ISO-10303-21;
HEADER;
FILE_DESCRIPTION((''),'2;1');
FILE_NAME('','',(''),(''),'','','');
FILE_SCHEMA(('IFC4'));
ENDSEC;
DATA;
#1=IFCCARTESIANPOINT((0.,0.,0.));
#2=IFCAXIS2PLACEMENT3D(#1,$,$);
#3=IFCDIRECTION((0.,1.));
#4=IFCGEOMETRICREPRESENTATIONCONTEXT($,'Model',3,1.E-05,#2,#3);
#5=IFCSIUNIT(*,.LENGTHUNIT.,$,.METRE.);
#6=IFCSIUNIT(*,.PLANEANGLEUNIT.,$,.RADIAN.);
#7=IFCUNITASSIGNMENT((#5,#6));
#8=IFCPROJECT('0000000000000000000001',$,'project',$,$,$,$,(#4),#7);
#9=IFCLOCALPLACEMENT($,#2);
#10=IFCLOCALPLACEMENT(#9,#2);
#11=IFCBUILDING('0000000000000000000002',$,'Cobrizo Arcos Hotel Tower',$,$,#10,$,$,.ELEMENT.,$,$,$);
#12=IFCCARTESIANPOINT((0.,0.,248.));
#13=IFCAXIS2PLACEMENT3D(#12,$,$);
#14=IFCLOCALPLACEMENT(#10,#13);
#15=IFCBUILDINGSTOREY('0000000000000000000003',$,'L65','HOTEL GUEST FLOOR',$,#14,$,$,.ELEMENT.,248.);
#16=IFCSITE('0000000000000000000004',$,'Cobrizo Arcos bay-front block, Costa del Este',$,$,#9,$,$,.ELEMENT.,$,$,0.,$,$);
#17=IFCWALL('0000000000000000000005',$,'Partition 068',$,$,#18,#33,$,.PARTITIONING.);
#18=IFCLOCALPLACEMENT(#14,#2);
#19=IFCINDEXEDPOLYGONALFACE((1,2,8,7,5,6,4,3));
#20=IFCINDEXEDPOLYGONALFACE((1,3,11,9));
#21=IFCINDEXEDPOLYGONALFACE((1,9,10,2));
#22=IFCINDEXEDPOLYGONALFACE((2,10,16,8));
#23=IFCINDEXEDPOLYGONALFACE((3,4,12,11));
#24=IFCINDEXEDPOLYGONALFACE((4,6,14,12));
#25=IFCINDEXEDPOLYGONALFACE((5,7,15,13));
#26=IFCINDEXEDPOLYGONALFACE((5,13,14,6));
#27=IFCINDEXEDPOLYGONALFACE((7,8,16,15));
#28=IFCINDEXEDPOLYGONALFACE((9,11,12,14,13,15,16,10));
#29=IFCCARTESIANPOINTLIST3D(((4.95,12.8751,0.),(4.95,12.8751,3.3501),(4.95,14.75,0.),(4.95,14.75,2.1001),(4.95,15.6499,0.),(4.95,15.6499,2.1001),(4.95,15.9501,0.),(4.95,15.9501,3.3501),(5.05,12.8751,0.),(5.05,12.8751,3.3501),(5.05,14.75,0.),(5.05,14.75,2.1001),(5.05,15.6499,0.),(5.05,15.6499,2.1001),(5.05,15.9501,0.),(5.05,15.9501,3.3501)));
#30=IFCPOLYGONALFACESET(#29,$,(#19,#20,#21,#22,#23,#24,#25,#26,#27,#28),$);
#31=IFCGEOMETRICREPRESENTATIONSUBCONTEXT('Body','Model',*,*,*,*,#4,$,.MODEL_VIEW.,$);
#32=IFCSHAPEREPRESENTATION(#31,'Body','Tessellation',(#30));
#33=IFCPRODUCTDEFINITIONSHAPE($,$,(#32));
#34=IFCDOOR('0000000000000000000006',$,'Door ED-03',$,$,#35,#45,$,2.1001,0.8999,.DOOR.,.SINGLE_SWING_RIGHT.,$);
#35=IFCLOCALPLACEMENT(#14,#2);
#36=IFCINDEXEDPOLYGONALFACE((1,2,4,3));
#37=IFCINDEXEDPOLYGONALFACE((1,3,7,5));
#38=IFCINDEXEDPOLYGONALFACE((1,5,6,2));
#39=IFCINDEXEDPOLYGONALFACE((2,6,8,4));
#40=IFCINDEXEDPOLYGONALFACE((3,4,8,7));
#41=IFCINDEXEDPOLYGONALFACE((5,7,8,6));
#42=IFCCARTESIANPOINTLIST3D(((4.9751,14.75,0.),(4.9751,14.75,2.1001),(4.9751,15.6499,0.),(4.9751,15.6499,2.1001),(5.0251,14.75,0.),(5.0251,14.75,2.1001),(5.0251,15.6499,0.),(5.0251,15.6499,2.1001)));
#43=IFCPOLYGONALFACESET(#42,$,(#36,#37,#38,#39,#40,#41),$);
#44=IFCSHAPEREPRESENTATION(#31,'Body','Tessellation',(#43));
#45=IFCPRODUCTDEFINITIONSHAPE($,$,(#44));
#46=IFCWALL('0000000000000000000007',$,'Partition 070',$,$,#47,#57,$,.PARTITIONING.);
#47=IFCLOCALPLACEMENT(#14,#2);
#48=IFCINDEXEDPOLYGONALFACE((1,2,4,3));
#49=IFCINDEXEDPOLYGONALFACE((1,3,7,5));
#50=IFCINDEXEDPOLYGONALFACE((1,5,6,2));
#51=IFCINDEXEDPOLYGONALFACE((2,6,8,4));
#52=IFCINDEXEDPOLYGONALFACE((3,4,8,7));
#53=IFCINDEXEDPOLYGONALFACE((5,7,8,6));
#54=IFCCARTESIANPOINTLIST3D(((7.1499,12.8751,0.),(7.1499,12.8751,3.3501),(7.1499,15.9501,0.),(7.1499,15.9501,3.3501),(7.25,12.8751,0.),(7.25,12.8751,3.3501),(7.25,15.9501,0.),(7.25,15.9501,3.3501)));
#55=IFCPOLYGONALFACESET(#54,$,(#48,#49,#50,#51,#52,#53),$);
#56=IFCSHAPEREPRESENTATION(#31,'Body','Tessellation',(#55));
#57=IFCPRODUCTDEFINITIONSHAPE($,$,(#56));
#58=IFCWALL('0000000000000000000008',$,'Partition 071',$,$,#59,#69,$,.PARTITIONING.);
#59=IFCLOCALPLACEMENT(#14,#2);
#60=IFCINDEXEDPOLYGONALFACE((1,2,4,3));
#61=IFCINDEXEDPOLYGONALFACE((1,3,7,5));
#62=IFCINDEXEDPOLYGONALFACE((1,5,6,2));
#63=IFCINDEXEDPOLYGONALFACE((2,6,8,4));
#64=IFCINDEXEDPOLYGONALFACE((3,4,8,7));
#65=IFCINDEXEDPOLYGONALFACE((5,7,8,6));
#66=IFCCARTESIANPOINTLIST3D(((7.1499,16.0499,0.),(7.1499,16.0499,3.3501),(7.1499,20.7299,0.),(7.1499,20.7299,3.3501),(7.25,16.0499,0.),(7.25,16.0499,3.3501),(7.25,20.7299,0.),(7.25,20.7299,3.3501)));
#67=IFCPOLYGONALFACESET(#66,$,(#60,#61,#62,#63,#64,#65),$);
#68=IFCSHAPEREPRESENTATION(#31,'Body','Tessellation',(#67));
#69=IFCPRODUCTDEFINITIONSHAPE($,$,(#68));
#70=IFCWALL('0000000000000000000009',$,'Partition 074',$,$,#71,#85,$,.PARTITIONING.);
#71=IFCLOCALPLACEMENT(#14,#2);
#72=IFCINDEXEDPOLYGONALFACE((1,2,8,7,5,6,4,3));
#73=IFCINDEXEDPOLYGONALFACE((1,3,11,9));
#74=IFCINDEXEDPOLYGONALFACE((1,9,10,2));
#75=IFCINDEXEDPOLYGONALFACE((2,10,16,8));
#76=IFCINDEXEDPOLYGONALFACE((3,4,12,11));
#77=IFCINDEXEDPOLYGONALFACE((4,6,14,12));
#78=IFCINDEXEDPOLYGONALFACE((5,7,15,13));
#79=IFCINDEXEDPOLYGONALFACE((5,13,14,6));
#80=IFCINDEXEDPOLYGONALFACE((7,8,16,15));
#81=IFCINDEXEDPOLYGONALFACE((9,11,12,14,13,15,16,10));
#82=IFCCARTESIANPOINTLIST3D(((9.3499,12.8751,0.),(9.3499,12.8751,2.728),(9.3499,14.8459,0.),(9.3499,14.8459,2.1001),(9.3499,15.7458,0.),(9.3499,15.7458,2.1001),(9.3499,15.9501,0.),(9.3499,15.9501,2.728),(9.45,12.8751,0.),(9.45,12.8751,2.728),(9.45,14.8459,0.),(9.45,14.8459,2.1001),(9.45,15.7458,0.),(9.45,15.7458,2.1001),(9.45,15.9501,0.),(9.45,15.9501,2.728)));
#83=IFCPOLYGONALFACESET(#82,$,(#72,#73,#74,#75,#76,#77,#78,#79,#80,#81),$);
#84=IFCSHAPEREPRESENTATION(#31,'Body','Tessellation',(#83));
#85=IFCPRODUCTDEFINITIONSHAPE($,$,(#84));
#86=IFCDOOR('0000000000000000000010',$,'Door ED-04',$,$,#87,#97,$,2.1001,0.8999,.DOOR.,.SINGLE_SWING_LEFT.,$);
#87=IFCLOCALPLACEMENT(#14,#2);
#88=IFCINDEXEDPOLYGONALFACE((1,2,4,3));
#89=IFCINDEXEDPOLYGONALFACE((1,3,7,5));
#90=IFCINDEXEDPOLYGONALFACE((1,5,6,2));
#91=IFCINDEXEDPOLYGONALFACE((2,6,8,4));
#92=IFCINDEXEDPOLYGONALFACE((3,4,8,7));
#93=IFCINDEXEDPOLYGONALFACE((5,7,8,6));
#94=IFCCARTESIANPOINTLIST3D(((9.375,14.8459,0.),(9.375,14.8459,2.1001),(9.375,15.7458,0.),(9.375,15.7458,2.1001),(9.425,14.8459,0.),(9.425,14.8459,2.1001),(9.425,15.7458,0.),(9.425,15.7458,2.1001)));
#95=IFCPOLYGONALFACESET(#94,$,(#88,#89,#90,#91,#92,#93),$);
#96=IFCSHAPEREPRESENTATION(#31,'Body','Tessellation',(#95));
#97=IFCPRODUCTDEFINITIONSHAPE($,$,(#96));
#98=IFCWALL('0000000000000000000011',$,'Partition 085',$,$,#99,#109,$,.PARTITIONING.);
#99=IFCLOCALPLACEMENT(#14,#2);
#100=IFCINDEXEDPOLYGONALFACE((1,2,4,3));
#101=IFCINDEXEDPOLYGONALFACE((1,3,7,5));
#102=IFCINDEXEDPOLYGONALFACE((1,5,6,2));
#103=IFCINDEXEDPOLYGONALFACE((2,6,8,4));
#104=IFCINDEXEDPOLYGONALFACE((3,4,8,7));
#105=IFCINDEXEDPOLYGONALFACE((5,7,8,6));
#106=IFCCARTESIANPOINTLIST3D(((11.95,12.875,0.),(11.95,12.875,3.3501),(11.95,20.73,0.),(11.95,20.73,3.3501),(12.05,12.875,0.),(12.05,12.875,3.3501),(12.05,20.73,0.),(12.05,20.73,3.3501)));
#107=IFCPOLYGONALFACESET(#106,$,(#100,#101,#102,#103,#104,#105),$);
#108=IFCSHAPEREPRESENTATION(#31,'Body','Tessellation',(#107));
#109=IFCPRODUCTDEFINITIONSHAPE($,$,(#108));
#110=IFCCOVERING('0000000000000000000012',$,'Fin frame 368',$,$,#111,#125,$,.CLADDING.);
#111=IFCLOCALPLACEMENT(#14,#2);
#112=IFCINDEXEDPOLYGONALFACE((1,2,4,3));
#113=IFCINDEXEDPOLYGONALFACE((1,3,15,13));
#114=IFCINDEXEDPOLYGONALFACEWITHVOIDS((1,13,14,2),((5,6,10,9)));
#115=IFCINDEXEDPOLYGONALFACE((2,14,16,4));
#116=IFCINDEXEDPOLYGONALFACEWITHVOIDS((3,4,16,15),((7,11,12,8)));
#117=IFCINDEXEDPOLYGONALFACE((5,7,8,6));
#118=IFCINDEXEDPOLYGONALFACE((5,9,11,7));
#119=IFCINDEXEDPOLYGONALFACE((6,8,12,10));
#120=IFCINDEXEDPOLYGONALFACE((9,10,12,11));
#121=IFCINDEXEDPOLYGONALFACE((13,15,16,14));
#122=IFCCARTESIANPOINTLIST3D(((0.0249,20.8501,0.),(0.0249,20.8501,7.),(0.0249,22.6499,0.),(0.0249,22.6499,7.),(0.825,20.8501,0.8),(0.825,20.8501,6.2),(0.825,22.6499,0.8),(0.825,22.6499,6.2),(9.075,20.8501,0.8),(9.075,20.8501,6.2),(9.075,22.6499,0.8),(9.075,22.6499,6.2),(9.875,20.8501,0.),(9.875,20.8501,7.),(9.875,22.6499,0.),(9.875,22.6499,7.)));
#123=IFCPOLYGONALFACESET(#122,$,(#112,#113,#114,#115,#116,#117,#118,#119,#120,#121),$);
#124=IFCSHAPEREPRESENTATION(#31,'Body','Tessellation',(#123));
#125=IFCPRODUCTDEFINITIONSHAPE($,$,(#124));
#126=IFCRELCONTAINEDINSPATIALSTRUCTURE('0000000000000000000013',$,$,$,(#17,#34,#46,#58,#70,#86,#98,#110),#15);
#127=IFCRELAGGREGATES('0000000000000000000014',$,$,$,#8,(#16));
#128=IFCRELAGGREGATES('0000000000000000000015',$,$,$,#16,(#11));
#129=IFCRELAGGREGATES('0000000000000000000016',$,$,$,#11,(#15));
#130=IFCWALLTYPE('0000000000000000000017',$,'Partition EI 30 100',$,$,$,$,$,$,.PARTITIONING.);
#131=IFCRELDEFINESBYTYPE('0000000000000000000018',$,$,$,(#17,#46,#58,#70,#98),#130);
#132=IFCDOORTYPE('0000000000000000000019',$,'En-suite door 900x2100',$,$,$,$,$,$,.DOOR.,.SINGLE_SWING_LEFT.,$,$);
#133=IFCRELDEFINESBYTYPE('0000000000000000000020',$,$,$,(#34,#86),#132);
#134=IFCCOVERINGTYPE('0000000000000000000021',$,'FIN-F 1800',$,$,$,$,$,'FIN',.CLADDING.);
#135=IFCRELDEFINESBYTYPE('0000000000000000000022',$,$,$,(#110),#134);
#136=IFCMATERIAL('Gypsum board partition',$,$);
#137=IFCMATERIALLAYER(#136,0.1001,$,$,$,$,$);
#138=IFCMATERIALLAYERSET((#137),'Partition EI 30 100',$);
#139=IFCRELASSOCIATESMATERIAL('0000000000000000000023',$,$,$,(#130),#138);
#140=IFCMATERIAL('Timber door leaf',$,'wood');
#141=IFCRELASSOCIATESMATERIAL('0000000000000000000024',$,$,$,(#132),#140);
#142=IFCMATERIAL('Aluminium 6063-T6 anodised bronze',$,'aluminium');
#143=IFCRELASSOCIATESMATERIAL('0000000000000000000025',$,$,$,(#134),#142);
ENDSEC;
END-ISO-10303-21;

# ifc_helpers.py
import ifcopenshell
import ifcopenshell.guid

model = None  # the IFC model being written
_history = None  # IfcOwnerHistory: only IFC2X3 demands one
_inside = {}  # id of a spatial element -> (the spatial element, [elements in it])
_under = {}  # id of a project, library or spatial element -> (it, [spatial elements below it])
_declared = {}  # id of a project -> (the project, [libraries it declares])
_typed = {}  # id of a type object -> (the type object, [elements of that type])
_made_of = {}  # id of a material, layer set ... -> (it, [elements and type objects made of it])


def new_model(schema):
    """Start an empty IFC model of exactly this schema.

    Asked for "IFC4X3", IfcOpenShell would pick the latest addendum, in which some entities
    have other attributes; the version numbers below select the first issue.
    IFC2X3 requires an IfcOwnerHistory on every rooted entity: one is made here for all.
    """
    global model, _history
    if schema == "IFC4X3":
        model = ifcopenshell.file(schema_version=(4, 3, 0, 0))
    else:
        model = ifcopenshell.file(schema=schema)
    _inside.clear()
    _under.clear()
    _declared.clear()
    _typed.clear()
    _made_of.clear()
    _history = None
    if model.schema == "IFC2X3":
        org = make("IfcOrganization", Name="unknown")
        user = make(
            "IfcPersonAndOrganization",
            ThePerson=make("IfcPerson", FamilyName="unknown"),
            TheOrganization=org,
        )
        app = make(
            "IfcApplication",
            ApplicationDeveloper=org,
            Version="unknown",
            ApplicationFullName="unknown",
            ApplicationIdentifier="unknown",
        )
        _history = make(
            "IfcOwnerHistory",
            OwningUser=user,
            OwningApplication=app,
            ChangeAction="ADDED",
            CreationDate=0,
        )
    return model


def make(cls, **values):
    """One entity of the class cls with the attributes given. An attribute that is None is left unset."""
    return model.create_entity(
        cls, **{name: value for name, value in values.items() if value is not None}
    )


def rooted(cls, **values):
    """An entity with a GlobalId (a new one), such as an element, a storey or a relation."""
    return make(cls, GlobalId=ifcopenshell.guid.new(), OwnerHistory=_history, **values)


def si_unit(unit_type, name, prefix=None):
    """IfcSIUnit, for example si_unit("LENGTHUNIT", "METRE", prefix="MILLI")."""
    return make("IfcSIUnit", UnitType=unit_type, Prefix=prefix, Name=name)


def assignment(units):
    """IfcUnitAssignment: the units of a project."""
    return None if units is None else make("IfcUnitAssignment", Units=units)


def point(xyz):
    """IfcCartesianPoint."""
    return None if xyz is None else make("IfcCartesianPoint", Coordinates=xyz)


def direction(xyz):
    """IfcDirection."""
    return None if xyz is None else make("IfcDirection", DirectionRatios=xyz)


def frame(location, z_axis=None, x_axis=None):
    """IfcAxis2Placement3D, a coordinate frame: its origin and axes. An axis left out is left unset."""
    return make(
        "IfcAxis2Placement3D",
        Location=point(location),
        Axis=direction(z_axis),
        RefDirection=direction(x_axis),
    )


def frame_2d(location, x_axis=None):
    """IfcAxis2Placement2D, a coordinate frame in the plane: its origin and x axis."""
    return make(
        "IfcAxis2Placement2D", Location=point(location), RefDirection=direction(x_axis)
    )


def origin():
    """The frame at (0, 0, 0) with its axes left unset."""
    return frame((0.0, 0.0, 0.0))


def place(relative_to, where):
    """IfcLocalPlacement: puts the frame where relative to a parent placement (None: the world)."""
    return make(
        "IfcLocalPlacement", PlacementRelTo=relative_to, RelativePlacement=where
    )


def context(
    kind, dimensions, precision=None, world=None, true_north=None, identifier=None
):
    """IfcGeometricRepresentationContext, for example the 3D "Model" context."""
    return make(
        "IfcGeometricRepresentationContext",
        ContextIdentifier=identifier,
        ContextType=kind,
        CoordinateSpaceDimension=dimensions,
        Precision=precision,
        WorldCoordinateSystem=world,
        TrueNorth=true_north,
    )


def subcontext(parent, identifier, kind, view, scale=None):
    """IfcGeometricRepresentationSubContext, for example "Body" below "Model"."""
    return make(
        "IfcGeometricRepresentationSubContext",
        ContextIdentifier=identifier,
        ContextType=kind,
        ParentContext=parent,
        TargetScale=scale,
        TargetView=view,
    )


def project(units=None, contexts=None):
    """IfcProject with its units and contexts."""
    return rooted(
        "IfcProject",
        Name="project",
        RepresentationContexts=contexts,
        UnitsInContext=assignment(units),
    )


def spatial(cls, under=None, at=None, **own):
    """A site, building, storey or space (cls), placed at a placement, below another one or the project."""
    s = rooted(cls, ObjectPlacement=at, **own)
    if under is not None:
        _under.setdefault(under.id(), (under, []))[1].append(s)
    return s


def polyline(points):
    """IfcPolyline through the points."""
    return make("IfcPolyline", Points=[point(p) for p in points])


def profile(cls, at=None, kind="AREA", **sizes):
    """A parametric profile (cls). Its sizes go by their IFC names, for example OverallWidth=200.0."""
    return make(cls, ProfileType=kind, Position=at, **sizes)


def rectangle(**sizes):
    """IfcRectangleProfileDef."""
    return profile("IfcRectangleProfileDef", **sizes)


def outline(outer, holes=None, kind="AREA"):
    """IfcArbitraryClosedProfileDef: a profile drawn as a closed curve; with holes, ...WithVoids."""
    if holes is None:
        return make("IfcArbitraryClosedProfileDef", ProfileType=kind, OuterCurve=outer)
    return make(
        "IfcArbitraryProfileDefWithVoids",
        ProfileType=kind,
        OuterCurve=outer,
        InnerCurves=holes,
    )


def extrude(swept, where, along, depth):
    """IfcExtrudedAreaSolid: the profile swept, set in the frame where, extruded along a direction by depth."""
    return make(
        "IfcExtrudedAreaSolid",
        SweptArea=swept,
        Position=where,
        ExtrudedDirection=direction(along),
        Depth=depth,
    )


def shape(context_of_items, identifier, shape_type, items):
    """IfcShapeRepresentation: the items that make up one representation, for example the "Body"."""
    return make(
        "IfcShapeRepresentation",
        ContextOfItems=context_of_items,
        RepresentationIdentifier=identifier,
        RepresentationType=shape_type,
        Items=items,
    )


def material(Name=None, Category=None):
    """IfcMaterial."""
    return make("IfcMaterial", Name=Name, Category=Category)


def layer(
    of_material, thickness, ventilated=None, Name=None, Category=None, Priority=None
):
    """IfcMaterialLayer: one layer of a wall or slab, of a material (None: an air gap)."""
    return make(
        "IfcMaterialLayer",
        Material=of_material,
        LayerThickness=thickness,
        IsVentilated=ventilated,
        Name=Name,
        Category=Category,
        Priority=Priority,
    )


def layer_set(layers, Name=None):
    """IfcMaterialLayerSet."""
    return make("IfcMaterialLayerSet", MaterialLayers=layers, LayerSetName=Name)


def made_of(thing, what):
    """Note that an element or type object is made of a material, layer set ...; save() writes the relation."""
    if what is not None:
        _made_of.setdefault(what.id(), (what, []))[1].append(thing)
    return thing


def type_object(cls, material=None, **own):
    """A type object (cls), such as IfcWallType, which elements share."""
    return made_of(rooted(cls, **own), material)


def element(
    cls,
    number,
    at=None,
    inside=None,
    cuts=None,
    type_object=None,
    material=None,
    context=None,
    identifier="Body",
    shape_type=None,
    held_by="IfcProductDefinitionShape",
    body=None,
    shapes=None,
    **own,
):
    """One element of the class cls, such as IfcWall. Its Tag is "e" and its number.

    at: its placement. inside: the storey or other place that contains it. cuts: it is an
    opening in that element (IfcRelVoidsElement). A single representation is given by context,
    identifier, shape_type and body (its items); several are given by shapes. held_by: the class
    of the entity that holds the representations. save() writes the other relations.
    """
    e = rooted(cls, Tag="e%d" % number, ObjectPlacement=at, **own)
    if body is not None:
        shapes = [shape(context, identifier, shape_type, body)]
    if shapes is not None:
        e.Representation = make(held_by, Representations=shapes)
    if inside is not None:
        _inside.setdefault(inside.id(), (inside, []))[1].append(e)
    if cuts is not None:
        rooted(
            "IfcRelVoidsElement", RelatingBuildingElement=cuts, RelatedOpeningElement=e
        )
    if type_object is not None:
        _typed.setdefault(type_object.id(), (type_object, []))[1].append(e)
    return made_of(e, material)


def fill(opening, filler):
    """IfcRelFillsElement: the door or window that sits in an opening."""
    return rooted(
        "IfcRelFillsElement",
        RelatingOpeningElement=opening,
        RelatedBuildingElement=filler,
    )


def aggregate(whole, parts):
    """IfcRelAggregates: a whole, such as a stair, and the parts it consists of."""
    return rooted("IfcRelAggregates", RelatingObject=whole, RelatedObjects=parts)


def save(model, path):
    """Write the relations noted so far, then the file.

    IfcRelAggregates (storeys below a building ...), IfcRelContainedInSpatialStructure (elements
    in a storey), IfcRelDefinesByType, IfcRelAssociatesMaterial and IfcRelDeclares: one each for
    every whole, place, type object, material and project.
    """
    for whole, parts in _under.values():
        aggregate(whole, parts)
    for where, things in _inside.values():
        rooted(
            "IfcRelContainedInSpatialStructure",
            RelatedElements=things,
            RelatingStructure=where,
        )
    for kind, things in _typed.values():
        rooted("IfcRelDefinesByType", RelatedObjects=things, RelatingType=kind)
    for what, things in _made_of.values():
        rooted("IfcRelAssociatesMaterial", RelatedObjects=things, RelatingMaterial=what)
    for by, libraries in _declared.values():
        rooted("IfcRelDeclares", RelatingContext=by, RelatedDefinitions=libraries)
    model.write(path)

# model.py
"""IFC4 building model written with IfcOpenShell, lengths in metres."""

from ifc_helpers import new_model, si_unit, direction, frame, frame_2d, origin, place, context, subcontext, project, spatial, polyline, rectangle, outline, extrude, material, layer, layer_set, type_object, element, fill, save


model = new_model("IFC4")

# Units and contexts
model_context = context("Model", 3, precision=1e-05, world=origin(), true_north=direction((0.0, 1.0)))
body_context = subcontext(model_context, "Body", "Model", "MODEL_VIEW")
ifc_project = project(units=[si_unit("LENGTHUNIT", "METRE"), si_unit("PLANEANGLEUNIT", "RADIAN")], contexts=[model_context])

# Site, building, storey
site_placement = place(None, origin())
site = spatial("IfcSite", under=ifc_project, at=site_placement, Name="Cobrizo Arcos bay-front block, Costa del Este", CompositionType="ELEMENT", RefElevation=0.0)
building_placement = place(site_placement, origin())
building = spatial("IfcBuilding", under=site, at=building_placement, Name="Cobrizo Arcos Hotel Tower", CompositionType="ELEMENT")
storey_placement = place(building_placement, frame((0.0, 0.0, 248.0)))
storey = spatial("IfcBuildingStorey", under=building, at=storey_placement, Name="L65", Description="HOTEL GUEST FLOOR", CompositionType="ELEMENT", Elevation=248.0)

# Shared definitions
ifc_material_1 = material(Name="Aluminium 6063-T6 anodised bronze", Category="aluminium")

# Shared definitions
ifc_material_2 = material(Name="Gypsum board partition")
ifc_layer_1 = layer(ifc_material_2, 0.1001)
ifc_layer_set_1 = layer_set([ifc_layer_1], Name="Partition EI 30 100")
wall_type = type_object("IfcWallType", Name="Partition EI 30 100", PredefinedType="PARTITIONING", material=ifc_layer_set_1)

# Wall, opening, door
ifc_material_3 = material(Name="Timber door leaf", Category="wood")
door_type_1 = type_object("IfcDoorType", Name="En-suite door 900x2100", OperationType="SINGLE_SWING_LEFT", PredefinedType="DOOR", material=ifc_material_3)
wall_1_placement = place(storey_placement, frame((5.0, 12.875, 0.0), z_axis=(0.0, 0.0, 1.0), x_axis=(0.0, 1.0, 0.0)))
wall_1 = element("IfcWall", 1, at=wall_1_placement, inside=storey, type_object=wall_type, Name="Partition 068", PredefinedType="PARTITIONING", context=body_context, shape_type="SweptSolid", body=[
    extrude(rectangle(XDim=3.075, YDim=0.1001, at=frame_2d((1.5376, 0.0))), origin(), (0.0, 0.0, 1.0), 3.3501),
])
opening_1_placement = place(wall_1_placement, frame((1.875, 0.0, 0.0)))
opening_1 = element("IfcOpeningElement", 2, at=opening_1_placement, cuts=wall_1, PredefinedType="OPENING", context=body_context, shape_type="SweptSolid", body=[
    extrude(rectangle(XDim=0.8999, YDim=2.1001, at=frame_2d((0.45, 1.05))), frame((0.0, 0.062, 0.0), z_axis=(0.0, -1.0, 0.0), x_axis=(1.0, 0.0, 0.0)), (0.0, 0.0, 1.0), 0.124),
])
door_1_placement = place(opening_1_placement, origin())
door_1 = element("IfcDoor", 3, at=door_1_placement, inside=storey, type_object=door_type_1, Name="Door ED-03", OperationType="SINGLE_SWING_RIGHT", OverallHeight=2.1001, OverallWidth=0.8999, PredefinedType="DOOR", context=body_context, shape_type="SweptSolid", body=[
    extrude(rectangle(XDim=0.8999, YDim=2.1001, at=frame_2d((0.45, 1.05))), frame((0.0, 0.0249, 0.0), z_axis=(0.0, -1.0, 0.0), x_axis=(1.0, 0.0, 0.0)), (0.0, 0.0, 1.0), 0.05),
])
fill(opening_1, door_1)

# Walls
wall_2_placement = place(storey_placement, frame((7.2, 12.875, 0.0), z_axis=(0.0, 0.0, 1.0), x_axis=(0.0, 1.0, 0.0)))
element("IfcWall", 4, at=wall_2_placement, inside=storey, type_object=wall_type, Name="Partition 070", PredefinedType="PARTITIONING", context=body_context, shape_type="SweptSolid", body=[
    extrude(rectangle(XDim=3.075, YDim=0.1001, at=frame_2d((1.5376, 0.0))), origin(), (0.0, 0.0, 1.0), 3.3501),
])
wall_3_placement = place(storey_placement, frame((7.2, 16.05, 0.0), z_axis=(0.0, 0.0, 1.0), x_axis=(0.0, 1.0, 0.0)))
element("IfcWall", 5, at=wall_3_placement, inside=storey, type_object=wall_type, Name="Partition 071", PredefinedType="PARTITIONING", context=body_context, shape_type="SweptSolid", body=[
    extrude(rectangle(XDim=4.6799, YDim=0.1001, at=frame_2d((2.3398, 0.0))), origin(), (0.0, 0.0, 1.0), 3.3501),
])

# Wall, opening, door
wall_4_placement = place(storey_placement, frame((9.3999, 12.875, 0.0), z_axis=(0.0, 0.0, 1.0), x_axis=(0.0, 1.0, 0.0)))
wall_4 = element("IfcWall", 6, at=wall_4_placement, inside=storey, type_object=wall_type, Name="Partition 074", PredefinedType="PARTITIONING", context=body_context, shape_type="SweptSolid", body=[
    extrude(rectangle(XDim=3.075, YDim=0.1001, at=frame_2d((1.5376, 0.0))), origin(), (0.0, 0.0, 1.0), 2.728),
])
opening_2_placement = place(wall_4_placement, frame((1.9709, 0.0, 0.0)))
opening_2 = element("IfcOpeningElement", 7, at=opening_2_placement, cuts=wall_4, PredefinedType="OPENING", context=body_context, shape_type="SweptSolid", body=[
    extrude(rectangle(XDim=0.8999, YDim=2.1001, at=frame_2d((0.45, 1.05))), frame((0.0, 0.062, 0.0), z_axis=(0.0, -1.0, 0.0), x_axis=(1.0, 0.0, 0.0)), (0.0, 0.0, 1.0), 0.124),
])
door_2_placement = place(opening_2_placement, origin())
door_2 = element("IfcDoor", 8, at=door_2_placement, inside=storey, type_object=door_type_1, Name="Door ED-04", OperationType="SINGLE_SWING_LEFT", OverallHeight=2.1001, OverallWidth=0.8999, PredefinedType="DOOR", context=body_context, shape_type="SweptSolid", body=[
    extrude(rectangle(XDim=0.8999, YDim=2.1001, at=frame_2d((0.45, 1.05))), frame((0.0, 0.0249, 0.0), z_axis=(0.0, -1.0, 0.0), x_axis=(1.0, 0.0, 0.0)), (0.0, 0.0, 1.0), 0.05),
])
fill(opening_2, door_2)

# Wall
wall_5_placement = place(storey_placement, frame((12.0, 12.875, 0.0), z_axis=(0.0, 0.0, 1.0), x_axis=(0.0, 1.0, 0.0)))
element("IfcWall", 9, at=wall_5_placement, inside=storey, type_object=wall_type, Name="Partition 085", PredefinedType="PARTITIONING", context=body_context, shape_type="SweptSolid", body=[
    extrude(rectangle(XDim=7.855, YDim=0.1001, at=frame_2d((3.9275, 0.0))), origin(), (0.0, 0.0, 1.0), 3.3501),
])

# Covering
covering_type = type_object("IfcCoveringType", Name="FIN-F 1800", ElementType="FIN", PredefinedType="CLADDING", material=ifc_material_1)
covering_placement = place(storey_placement, frame((9.875, 20.8501, 0.0), z_axis=(0.0, 1.0, 0.0), x_axis=(-1.0, 0.0, 0.0)))
element("IfcCovering", 10, at=covering_placement, inside=storey, type_object=covering_type, Name="Fin frame 368", PredefinedType="CLADDING", context=body_context, shape_type="SweptSolid", body=[
    extrude(outline(polyline([(0.0, 7.0), (0.0, 0.0), (9.8501, 0.0), (9.8501, 7.0), (0.0, 7.0)]), holes=[polyline([(9.05, 0.8), (0.8, 0.8), (0.8, 6.2), (9.05, 6.2), (9.05, 0.8)])]), origin(), (0.0, 0.0, 1.0), 1.7998),
])

save(model, "model.ifc")
